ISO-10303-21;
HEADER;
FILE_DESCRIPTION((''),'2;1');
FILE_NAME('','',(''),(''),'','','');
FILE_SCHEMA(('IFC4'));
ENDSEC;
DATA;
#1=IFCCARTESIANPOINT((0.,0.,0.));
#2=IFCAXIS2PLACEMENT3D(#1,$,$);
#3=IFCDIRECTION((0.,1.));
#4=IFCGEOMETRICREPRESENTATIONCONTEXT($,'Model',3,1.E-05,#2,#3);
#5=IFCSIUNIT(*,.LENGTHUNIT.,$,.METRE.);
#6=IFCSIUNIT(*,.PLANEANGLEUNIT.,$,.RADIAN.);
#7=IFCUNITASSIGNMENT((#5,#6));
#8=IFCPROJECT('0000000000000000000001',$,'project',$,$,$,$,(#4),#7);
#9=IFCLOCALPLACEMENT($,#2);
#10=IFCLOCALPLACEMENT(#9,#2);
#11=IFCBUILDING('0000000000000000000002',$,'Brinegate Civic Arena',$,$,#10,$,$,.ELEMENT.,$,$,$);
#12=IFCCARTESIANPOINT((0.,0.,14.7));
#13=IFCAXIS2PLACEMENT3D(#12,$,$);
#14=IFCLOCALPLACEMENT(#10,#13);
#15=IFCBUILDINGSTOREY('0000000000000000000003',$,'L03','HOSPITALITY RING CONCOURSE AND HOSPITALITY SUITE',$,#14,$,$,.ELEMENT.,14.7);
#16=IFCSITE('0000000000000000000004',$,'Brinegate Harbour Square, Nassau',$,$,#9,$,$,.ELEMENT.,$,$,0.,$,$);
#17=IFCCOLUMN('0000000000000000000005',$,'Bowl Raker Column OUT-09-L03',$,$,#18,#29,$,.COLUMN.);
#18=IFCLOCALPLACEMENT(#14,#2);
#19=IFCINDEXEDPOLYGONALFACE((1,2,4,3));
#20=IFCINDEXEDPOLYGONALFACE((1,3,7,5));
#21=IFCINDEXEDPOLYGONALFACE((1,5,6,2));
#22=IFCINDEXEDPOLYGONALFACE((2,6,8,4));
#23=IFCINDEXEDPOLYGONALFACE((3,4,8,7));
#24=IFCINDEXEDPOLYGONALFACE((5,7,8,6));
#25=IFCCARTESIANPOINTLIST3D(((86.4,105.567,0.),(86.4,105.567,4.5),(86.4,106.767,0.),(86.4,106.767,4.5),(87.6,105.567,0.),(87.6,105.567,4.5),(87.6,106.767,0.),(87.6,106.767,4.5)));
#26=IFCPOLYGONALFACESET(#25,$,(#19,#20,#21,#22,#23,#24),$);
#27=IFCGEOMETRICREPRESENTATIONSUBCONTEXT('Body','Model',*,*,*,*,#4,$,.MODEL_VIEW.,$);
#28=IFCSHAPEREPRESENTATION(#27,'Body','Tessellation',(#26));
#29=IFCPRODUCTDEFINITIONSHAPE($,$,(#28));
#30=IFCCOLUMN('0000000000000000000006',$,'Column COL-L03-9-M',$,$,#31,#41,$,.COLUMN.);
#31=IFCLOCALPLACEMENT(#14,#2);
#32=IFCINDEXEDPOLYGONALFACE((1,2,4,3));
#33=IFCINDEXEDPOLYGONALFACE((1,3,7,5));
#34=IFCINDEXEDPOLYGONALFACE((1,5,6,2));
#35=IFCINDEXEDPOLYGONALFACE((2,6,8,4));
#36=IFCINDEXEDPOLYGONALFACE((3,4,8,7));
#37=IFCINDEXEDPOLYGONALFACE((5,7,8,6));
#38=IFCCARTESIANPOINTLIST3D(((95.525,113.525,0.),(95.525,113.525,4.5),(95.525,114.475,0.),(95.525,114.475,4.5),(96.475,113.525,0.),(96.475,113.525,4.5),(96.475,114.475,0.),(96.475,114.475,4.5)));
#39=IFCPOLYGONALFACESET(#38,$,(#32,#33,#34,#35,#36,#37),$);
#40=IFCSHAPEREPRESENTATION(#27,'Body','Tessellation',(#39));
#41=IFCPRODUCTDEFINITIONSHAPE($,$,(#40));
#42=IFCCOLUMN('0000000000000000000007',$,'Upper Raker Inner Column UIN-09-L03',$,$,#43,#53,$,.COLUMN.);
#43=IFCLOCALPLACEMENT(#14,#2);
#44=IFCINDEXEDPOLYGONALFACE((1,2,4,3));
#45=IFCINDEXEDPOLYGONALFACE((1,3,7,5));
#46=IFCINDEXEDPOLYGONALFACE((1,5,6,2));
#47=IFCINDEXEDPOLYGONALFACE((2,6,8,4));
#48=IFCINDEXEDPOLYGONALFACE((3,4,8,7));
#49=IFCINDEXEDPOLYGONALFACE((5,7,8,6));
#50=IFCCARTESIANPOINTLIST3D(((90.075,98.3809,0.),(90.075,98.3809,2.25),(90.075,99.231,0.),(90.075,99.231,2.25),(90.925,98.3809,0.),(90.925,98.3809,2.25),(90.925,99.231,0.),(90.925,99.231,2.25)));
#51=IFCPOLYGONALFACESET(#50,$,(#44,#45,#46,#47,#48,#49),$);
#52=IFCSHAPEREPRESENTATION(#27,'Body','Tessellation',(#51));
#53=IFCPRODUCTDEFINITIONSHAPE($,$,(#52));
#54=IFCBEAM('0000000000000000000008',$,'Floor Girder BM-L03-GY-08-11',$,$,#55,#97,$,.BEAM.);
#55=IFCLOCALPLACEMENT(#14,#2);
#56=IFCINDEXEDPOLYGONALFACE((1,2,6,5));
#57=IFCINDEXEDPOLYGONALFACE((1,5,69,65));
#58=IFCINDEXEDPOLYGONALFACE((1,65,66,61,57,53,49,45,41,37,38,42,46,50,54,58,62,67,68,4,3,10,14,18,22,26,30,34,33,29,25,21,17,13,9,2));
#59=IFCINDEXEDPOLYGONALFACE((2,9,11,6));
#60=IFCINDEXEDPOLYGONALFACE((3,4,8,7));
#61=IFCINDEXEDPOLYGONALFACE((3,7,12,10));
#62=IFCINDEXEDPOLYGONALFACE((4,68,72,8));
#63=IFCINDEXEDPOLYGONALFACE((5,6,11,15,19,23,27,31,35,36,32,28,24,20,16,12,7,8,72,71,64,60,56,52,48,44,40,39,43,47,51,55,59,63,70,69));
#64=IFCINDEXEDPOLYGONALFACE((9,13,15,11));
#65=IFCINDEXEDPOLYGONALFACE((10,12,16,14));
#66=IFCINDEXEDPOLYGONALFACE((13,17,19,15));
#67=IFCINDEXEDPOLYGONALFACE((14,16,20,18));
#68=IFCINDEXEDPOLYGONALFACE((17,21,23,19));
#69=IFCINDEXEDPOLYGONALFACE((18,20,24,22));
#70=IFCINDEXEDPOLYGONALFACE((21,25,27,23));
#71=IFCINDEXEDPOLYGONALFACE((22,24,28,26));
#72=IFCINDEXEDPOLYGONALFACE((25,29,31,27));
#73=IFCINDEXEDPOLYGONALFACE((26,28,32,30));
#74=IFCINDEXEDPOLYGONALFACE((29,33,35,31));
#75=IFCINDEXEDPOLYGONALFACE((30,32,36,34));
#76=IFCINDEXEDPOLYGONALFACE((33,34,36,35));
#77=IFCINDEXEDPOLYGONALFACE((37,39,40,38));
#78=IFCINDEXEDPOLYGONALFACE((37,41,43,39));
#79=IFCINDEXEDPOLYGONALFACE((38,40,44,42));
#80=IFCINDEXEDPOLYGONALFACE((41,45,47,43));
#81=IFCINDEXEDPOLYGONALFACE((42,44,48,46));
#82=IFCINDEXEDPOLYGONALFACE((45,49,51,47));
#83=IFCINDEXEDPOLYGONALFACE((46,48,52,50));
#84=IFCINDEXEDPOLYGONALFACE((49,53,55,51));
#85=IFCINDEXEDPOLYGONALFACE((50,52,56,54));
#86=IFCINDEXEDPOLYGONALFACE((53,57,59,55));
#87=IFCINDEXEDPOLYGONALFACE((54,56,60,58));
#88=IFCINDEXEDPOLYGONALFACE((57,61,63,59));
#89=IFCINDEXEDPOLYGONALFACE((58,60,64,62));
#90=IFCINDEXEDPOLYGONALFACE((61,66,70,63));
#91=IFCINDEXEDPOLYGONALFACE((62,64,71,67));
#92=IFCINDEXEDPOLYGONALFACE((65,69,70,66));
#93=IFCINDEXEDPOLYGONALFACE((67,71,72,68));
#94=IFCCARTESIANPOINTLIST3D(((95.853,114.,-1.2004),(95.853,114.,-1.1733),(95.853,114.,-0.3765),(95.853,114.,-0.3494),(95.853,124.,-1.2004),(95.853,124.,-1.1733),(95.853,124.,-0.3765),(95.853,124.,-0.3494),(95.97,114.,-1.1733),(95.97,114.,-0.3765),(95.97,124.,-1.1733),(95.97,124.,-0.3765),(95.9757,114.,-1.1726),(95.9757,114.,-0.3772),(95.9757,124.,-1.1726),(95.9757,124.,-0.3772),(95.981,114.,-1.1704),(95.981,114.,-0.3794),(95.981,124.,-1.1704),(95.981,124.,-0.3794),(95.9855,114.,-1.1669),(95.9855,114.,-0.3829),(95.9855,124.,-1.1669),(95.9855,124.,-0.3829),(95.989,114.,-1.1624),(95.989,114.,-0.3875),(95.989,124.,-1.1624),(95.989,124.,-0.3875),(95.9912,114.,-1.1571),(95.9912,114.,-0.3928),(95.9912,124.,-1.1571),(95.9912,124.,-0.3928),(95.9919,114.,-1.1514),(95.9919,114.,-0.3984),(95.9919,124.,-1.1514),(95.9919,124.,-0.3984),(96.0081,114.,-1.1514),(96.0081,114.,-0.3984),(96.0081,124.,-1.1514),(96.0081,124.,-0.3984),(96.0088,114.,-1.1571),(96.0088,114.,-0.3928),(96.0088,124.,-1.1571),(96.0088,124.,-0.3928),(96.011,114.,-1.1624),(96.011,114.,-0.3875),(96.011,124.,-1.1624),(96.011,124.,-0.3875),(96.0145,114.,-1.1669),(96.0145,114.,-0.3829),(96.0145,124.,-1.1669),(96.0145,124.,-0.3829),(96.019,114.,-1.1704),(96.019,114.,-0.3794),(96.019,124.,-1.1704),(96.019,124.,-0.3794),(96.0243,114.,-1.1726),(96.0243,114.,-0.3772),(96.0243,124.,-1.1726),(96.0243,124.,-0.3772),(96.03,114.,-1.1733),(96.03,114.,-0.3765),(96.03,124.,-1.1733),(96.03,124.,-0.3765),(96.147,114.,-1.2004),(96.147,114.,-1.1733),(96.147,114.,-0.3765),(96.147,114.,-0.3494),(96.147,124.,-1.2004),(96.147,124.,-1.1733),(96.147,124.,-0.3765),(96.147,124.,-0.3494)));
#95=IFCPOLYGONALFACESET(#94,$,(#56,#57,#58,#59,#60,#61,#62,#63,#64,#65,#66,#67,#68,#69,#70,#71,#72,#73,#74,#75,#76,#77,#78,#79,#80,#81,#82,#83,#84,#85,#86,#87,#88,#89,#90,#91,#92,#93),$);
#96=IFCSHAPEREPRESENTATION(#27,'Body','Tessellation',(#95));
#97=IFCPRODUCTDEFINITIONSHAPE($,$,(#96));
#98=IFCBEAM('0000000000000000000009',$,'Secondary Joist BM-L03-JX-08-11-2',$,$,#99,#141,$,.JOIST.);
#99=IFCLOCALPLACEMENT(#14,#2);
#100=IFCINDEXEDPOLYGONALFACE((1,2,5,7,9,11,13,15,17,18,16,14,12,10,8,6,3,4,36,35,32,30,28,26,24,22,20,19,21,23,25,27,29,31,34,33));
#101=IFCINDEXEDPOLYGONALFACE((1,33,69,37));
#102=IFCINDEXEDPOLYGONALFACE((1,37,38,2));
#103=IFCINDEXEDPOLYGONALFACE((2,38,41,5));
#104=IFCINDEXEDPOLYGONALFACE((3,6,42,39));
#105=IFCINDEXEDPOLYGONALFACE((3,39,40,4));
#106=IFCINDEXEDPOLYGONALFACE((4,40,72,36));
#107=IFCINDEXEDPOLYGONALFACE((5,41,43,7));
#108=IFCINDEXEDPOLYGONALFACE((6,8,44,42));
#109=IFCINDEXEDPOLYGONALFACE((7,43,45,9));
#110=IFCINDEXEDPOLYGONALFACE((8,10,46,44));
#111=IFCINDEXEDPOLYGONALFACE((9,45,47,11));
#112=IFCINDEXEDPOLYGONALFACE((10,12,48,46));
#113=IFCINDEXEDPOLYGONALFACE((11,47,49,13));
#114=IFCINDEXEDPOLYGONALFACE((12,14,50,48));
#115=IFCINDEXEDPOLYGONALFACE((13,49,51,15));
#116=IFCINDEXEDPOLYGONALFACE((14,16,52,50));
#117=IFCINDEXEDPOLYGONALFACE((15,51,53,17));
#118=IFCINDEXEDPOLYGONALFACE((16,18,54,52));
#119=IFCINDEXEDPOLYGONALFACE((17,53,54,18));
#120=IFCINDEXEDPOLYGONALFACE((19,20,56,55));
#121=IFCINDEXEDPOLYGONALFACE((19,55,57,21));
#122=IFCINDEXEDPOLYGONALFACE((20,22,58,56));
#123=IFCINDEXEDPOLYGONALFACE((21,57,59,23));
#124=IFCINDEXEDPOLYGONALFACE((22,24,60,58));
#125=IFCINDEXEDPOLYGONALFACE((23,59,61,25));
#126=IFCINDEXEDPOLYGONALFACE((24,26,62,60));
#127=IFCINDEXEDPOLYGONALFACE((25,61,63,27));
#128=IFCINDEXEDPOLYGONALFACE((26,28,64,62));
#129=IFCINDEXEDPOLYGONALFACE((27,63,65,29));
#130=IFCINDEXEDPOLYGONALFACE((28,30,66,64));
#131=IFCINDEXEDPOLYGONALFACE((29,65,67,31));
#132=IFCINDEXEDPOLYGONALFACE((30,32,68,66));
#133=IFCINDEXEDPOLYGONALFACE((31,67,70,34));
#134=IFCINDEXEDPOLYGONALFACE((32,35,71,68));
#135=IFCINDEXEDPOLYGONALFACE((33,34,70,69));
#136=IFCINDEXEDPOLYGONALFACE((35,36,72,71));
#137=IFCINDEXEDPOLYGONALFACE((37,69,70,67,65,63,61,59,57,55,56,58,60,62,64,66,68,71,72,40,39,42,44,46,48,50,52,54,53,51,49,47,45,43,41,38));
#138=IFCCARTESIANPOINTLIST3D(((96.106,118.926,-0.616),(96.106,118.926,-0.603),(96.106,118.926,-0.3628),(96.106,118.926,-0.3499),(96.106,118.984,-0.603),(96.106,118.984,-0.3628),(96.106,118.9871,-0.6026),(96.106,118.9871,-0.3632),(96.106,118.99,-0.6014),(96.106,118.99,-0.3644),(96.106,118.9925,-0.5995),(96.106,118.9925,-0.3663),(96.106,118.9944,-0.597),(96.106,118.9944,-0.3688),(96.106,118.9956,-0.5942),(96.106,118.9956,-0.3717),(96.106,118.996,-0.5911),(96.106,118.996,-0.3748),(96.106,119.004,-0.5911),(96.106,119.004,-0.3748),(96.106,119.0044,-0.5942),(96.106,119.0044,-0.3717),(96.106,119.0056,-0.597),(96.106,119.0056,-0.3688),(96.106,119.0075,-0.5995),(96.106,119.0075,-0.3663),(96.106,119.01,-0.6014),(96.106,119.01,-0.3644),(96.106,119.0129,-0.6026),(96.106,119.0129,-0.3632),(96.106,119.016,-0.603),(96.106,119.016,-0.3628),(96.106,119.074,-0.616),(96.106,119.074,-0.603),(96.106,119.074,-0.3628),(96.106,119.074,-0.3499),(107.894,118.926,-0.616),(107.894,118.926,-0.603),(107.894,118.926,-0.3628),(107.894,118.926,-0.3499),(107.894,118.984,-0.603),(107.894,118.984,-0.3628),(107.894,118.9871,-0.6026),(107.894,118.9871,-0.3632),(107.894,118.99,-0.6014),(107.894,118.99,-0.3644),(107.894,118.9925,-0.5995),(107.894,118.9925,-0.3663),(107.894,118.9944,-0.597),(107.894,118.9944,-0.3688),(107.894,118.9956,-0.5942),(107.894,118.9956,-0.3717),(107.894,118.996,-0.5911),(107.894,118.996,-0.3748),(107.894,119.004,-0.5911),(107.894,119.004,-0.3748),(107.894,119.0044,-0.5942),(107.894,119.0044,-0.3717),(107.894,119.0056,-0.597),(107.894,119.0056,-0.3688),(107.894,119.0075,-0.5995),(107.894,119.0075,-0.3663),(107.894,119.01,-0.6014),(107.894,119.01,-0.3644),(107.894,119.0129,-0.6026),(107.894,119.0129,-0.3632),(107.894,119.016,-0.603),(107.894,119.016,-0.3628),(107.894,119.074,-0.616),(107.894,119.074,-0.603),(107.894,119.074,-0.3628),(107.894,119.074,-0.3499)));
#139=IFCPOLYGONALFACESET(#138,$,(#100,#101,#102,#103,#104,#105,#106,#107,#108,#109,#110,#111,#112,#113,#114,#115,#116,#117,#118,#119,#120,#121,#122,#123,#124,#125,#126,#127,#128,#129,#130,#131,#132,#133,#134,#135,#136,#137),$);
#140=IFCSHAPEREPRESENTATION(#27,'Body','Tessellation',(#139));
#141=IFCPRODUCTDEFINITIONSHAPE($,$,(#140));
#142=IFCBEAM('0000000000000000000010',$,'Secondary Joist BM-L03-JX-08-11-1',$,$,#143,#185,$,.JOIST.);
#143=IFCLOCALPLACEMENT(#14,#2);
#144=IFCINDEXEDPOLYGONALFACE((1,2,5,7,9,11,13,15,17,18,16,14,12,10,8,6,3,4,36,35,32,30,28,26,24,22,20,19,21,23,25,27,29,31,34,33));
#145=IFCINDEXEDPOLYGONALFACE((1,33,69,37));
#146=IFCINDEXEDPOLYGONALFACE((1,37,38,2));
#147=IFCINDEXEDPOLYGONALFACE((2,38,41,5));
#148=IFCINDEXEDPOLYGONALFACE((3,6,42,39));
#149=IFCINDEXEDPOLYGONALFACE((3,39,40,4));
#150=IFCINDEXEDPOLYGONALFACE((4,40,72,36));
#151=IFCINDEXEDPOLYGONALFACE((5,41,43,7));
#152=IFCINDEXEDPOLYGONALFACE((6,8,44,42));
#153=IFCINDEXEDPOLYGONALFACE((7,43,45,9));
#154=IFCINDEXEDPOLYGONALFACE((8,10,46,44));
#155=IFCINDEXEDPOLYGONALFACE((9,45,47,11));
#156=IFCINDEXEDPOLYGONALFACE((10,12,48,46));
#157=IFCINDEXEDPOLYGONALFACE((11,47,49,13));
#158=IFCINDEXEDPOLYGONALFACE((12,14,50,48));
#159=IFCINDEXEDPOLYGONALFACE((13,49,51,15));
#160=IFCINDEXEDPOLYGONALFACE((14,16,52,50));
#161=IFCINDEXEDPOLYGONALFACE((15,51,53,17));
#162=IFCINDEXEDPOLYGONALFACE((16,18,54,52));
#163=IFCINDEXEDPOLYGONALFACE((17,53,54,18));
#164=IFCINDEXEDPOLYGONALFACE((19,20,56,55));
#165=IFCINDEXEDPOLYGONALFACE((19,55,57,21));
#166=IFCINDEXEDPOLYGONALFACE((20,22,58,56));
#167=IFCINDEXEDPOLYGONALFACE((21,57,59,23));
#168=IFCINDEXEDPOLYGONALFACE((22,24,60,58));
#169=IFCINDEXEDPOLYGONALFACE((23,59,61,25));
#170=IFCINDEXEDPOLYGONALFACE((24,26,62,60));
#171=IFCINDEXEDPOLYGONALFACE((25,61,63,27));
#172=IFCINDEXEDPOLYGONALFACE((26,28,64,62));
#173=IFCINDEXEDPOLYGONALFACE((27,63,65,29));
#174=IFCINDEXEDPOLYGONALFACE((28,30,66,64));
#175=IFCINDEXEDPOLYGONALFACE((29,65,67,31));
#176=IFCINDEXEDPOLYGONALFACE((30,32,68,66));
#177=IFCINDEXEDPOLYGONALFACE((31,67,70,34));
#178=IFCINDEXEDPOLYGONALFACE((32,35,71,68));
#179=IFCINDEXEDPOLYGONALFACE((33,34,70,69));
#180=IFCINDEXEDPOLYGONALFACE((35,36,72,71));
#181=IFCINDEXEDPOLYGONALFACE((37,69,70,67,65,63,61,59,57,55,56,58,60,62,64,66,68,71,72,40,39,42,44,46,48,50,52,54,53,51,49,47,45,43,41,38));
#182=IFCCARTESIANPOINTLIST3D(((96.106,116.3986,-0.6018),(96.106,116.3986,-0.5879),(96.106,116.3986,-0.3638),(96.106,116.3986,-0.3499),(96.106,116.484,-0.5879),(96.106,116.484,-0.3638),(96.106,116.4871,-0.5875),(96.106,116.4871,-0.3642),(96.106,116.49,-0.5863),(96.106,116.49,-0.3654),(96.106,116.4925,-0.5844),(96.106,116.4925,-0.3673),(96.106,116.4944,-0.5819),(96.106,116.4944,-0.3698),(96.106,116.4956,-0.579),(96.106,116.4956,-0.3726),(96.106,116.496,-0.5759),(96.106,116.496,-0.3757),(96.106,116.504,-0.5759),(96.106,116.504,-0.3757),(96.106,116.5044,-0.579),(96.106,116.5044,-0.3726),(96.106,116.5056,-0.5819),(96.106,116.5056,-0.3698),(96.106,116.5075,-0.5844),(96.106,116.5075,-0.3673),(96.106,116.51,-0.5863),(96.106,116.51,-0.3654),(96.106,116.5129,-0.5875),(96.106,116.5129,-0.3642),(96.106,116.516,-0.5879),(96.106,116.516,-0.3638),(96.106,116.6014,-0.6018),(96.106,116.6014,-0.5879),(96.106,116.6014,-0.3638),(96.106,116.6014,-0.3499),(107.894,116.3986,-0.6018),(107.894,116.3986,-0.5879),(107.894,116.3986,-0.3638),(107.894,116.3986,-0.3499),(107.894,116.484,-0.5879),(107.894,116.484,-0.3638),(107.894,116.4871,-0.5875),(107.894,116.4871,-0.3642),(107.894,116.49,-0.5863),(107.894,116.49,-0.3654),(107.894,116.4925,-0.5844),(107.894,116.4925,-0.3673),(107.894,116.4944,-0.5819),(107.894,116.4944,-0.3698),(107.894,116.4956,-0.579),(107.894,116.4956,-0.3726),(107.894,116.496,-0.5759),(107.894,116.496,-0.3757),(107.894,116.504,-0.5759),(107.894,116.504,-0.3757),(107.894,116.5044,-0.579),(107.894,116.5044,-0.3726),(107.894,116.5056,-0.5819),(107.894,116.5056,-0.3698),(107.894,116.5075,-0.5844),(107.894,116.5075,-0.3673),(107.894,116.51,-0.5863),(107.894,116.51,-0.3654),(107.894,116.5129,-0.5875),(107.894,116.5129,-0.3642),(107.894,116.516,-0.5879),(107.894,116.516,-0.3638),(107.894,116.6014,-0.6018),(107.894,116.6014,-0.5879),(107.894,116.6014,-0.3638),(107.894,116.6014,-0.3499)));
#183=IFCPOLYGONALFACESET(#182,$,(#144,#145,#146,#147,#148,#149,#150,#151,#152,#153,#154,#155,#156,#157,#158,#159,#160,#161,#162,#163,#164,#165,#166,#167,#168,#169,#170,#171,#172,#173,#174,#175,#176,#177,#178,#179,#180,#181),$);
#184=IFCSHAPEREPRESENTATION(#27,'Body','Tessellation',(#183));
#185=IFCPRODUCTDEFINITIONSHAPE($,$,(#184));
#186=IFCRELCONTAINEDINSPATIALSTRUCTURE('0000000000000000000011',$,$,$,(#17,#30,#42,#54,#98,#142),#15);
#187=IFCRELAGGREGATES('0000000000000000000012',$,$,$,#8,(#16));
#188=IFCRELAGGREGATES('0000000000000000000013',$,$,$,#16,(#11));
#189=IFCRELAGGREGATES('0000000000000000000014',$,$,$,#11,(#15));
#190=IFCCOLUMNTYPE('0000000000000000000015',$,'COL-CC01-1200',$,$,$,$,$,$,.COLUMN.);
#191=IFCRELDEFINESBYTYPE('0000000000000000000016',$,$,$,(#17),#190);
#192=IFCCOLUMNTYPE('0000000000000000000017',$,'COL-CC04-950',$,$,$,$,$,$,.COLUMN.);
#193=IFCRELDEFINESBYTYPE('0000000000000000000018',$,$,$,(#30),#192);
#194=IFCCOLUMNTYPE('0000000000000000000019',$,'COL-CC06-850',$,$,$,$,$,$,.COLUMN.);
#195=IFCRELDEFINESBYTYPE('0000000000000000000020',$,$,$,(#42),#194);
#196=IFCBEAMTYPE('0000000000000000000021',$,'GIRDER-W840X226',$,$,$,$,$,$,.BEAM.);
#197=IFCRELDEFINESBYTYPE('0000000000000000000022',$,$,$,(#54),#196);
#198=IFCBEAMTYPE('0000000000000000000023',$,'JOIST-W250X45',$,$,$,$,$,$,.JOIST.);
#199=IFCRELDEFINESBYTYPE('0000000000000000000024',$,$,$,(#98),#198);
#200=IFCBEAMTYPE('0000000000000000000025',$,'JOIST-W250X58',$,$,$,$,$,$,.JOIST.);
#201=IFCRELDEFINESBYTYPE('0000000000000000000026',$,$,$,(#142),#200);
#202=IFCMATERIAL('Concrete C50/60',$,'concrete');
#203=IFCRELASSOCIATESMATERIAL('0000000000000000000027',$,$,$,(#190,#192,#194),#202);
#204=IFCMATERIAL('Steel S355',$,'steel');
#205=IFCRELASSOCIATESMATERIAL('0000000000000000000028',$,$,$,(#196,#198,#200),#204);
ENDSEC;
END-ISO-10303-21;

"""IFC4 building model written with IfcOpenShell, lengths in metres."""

from ifc_helpers import new_model, si_unit, direction, frame, origin, origin_2d, place, context, subcontext, project, spatial, rectangle, i_section, extrude, material, material_profile, profile_set, type_object, element, save


model = new_model("IFC4")

# Units and contexts
model_context = context("Model", 3, precision=1e-05, world=origin(), true_north=direction((0.0, 1.0)))
body_context = subcontext(model_context, "Body", "Model", "MODEL_VIEW")
ifc_project = project(units=[si_unit("LENGTHUNIT", "METRE"), si_unit("PLANEANGLEUNIT", "RADIAN")], contexts=[model_context])

# Site, building, storey
site_placement = place(None, origin())
site = spatial("IfcSite", under=ifc_project, at=site_placement, Name="Brinegate Harbour Square, Nassau", CompositionType="ELEMENT", RefElevation=0.0)
building_placement = place(site_placement, origin())
building = spatial("IfcBuilding", under=site, at=building_placement, Name="Brinegate Civic Arena", CompositionType="ELEMENT")
storey_placement = place(building_placement, frame((0.0, 0.0, 14.7)))
storey = spatial("IfcBuildingStorey", under=building, at=storey_placement, Name="L03", Description="HOSPITALITY RING CONCOURSE AND HOSPITALITY SUITE", CompositionType="ELEMENT", Elevation=14.7)

# Columns
ifc_material_1 = material(Name="Concrete C50/60", Category="concrete")
ifc_material_profile_1 = material_profile(ifc_material_1, rectangle(XDim=1.2, YDim=1.2, at=origin_2d()), Name="RC1200X1200")
ifc_profile_set_1 = profile_set([ifc_material_profile_1], Name="Concrete C50/60")
column_type_1 = type_object("IfcColumnType", Name="COL-CC01-1200", PredefinedType="COLUMN", material=ifc_profile_set_1)
column_1_placement = place(storey_placement, frame((87.0, 106.167, 0.0), z_axis=(0.0, 0.0, 1.0), x_axis=(1.0, 0.0, 0.0)))
element("IfcColumn", 1, at=column_1_placement, inside=storey, type_object=column_type_1, Name="Bowl Raker Column OUT-09-L03", PredefinedType="COLUMN", context=body_context, shape_type="SweptSolid", body=[
    extrude(rectangle(XDim=1.2, YDim=1.2, at=origin_2d()), origin(), (0.0, 0.0, 1.0), 4.5),
])
ifc_material_profile_2 = material_profile(ifc_material_1, rectangle(XDim=0.95, YDim=0.95, at=origin_2d()), Name="RC950X950")
ifc_profile_set_2 = profile_set([ifc_material_profile_2], Name="Concrete C50/60")
column_type_2 = type_object("IfcColumnType", Name="COL-CC04-950", PredefinedType="COLUMN", material=ifc_profile_set_2)
column_2_placement = place(storey_placement, frame((96.0, 114.0, 0.0), z_axis=(0.0, 0.0, 1.0), x_axis=(1.0, 0.0, 0.0)))
element("IfcColumn", 2, at=column_2_placement, inside=storey, type_object=column_type_2, Name="Column COL-L03-9-M", PredefinedType="COLUMN", context=body_context, shape_type="SweptSolid", body=[
    extrude(rectangle(XDim=0.95, YDim=0.95, at=origin_2d()), origin(), (0.0, 0.0, 1.0), 4.5),
])
ifc_material_profile_3 = material_profile(ifc_material_1, rectangle(XDim=0.8501, YDim=0.8501, at=origin_2d()), Name="RC850X850")
ifc_profile_set_3 = profile_set([ifc_material_profile_3], Name="Concrete C50/60")
column_type_3 = type_object("IfcColumnType", Name="COL-CC06-850", PredefinedType="COLUMN", material=ifc_profile_set_3)
column_3_placement = place(storey_placement, frame((90.5, 98.8059, 0.0), z_axis=(0.0, 0.0, 1.0), x_axis=(1.0, 0.0, 0.0)))
element("IfcColumn", 3, at=column_3_placement, inside=storey, type_object=column_type_3, Name="Upper Raker Inner Column UIN-09-L03", PredefinedType="COLUMN", context=body_context, shape_type="SweptSolid", body=[
    extrude(rectangle(XDim=0.8501, YDim=0.8501, at=origin_2d()), origin(), (0.0, 0.0, 1.0), 2.25),
])

# Beams
ifc_material_2 = material(Name="Steel S355", Category="steel")
ifc_material_profile_4 = material_profile(ifc_material_2, i_section(OverallWidth=0.2939, OverallDepth=0.8511, WebThickness=0.0161, FlangeThickness=0.0271, FilletRadius=0.022, at=origin_2d()), Name="W840X226")
ifc_profile_set_4 = profile_set([ifc_material_profile_4], Name="Steel S355")
beam_type_1 = type_object("IfcBeamType", Name="GIRDER-W840X226", PredefinedType="BEAM", material=ifc_profile_set_4)
beam_1_placement = place(storey_placement, frame((96.0, 114.0, -0.7749), z_axis=(0.0, 1.0, 0.0), x_axis=(-1.0, 0.0, 0.0)))
element("IfcBeam", 4, at=beam_1_placement, inside=storey, type_object=beam_type_1, Name="Floor Girder BM-L03-GY-08-11", PredefinedType="BEAM", context=body_context, shape_type="SweptSolid", body=[
    extrude(i_section(OverallWidth=0.2939, OverallDepth=0.8511, WebThickness=0.0161, FlangeThickness=0.0271, FilletRadius=0.022, at=origin_2d()), origin(), (0.0, 0.0, 1.0), 10.0),
])
ifc_material_profile_5 = material_profile(ifc_material_2, i_section(OverallWidth=0.1479, OverallDepth=0.2661, WebThickness=0.0081, FlangeThickness=0.0129, FilletRadius=0.012, at=origin_2d()), Name="W250X45")
ifc_profile_set_5 = profile_set([ifc_material_profile_5], Name="Steel S355")
beam_type_2 = type_object("IfcBeamType", Name="JOIST-W250X45", PredefinedType="JOIST", material=ifc_profile_set_5)
beam_2_placement = place(storey_placement, frame((96.106, 119.0, -0.4829), z_axis=(1.0, 0.0, 0.0), x_axis=(0.0, 1.0, 0.0)))
element("IfcBeam", 5, at=beam_2_placement, inside=storey, type_object=beam_type_2, Name="Secondary Joist BM-L03-JX-08-11-2", PredefinedType="JOIST", context=body_context, shape_type="SweptSolid", body=[
    extrude(i_section(OverallWidth=0.1479, OverallDepth=0.2661, WebThickness=0.0081, FlangeThickness=0.0129, FilletRadius=0.012, at=origin_2d()), origin(), (0.0, 0.0, 1.0), 11.7881),
])
ifc_material_profile_6 = material_profile(ifc_material_2, i_section(OverallWidth=0.2029, OverallDepth=0.252, WebThickness=0.0081, FlangeThickness=0.0139, FilletRadius=0.012, at=origin_2d()), Name="W250X58")
ifc_profile_set_6 = profile_set([ifc_material_profile_6], Name="Steel S355")
beam_type_3 = type_object("IfcBeamType", Name="JOIST-W250X58", PredefinedType="JOIST", material=ifc_profile_set_6)
beam_3_placement = place(storey_placement, frame((96.106, 116.5, -0.4758), z_axis=(1.0, 0.0, 0.0), x_axis=(0.0, 1.0, 0.0)))
element("IfcBeam", 6, at=beam_3_placement, inside=storey, type_object=beam_type_3, Name="Secondary Joist BM-L03-JX-08-11-1", PredefinedType="JOIST", context=body_context, shape_type="SweptSolid", body=[
    extrude(i_section(OverallWidth=0.2029, OverallDepth=0.252, WebThickness=0.0081, FlangeThickness=0.0139, FilletRadius=0.012, at=origin_2d()), origin(), (0.0, 0.0, 1.0), 11.7881),
])

save(model, "model.ifc")
